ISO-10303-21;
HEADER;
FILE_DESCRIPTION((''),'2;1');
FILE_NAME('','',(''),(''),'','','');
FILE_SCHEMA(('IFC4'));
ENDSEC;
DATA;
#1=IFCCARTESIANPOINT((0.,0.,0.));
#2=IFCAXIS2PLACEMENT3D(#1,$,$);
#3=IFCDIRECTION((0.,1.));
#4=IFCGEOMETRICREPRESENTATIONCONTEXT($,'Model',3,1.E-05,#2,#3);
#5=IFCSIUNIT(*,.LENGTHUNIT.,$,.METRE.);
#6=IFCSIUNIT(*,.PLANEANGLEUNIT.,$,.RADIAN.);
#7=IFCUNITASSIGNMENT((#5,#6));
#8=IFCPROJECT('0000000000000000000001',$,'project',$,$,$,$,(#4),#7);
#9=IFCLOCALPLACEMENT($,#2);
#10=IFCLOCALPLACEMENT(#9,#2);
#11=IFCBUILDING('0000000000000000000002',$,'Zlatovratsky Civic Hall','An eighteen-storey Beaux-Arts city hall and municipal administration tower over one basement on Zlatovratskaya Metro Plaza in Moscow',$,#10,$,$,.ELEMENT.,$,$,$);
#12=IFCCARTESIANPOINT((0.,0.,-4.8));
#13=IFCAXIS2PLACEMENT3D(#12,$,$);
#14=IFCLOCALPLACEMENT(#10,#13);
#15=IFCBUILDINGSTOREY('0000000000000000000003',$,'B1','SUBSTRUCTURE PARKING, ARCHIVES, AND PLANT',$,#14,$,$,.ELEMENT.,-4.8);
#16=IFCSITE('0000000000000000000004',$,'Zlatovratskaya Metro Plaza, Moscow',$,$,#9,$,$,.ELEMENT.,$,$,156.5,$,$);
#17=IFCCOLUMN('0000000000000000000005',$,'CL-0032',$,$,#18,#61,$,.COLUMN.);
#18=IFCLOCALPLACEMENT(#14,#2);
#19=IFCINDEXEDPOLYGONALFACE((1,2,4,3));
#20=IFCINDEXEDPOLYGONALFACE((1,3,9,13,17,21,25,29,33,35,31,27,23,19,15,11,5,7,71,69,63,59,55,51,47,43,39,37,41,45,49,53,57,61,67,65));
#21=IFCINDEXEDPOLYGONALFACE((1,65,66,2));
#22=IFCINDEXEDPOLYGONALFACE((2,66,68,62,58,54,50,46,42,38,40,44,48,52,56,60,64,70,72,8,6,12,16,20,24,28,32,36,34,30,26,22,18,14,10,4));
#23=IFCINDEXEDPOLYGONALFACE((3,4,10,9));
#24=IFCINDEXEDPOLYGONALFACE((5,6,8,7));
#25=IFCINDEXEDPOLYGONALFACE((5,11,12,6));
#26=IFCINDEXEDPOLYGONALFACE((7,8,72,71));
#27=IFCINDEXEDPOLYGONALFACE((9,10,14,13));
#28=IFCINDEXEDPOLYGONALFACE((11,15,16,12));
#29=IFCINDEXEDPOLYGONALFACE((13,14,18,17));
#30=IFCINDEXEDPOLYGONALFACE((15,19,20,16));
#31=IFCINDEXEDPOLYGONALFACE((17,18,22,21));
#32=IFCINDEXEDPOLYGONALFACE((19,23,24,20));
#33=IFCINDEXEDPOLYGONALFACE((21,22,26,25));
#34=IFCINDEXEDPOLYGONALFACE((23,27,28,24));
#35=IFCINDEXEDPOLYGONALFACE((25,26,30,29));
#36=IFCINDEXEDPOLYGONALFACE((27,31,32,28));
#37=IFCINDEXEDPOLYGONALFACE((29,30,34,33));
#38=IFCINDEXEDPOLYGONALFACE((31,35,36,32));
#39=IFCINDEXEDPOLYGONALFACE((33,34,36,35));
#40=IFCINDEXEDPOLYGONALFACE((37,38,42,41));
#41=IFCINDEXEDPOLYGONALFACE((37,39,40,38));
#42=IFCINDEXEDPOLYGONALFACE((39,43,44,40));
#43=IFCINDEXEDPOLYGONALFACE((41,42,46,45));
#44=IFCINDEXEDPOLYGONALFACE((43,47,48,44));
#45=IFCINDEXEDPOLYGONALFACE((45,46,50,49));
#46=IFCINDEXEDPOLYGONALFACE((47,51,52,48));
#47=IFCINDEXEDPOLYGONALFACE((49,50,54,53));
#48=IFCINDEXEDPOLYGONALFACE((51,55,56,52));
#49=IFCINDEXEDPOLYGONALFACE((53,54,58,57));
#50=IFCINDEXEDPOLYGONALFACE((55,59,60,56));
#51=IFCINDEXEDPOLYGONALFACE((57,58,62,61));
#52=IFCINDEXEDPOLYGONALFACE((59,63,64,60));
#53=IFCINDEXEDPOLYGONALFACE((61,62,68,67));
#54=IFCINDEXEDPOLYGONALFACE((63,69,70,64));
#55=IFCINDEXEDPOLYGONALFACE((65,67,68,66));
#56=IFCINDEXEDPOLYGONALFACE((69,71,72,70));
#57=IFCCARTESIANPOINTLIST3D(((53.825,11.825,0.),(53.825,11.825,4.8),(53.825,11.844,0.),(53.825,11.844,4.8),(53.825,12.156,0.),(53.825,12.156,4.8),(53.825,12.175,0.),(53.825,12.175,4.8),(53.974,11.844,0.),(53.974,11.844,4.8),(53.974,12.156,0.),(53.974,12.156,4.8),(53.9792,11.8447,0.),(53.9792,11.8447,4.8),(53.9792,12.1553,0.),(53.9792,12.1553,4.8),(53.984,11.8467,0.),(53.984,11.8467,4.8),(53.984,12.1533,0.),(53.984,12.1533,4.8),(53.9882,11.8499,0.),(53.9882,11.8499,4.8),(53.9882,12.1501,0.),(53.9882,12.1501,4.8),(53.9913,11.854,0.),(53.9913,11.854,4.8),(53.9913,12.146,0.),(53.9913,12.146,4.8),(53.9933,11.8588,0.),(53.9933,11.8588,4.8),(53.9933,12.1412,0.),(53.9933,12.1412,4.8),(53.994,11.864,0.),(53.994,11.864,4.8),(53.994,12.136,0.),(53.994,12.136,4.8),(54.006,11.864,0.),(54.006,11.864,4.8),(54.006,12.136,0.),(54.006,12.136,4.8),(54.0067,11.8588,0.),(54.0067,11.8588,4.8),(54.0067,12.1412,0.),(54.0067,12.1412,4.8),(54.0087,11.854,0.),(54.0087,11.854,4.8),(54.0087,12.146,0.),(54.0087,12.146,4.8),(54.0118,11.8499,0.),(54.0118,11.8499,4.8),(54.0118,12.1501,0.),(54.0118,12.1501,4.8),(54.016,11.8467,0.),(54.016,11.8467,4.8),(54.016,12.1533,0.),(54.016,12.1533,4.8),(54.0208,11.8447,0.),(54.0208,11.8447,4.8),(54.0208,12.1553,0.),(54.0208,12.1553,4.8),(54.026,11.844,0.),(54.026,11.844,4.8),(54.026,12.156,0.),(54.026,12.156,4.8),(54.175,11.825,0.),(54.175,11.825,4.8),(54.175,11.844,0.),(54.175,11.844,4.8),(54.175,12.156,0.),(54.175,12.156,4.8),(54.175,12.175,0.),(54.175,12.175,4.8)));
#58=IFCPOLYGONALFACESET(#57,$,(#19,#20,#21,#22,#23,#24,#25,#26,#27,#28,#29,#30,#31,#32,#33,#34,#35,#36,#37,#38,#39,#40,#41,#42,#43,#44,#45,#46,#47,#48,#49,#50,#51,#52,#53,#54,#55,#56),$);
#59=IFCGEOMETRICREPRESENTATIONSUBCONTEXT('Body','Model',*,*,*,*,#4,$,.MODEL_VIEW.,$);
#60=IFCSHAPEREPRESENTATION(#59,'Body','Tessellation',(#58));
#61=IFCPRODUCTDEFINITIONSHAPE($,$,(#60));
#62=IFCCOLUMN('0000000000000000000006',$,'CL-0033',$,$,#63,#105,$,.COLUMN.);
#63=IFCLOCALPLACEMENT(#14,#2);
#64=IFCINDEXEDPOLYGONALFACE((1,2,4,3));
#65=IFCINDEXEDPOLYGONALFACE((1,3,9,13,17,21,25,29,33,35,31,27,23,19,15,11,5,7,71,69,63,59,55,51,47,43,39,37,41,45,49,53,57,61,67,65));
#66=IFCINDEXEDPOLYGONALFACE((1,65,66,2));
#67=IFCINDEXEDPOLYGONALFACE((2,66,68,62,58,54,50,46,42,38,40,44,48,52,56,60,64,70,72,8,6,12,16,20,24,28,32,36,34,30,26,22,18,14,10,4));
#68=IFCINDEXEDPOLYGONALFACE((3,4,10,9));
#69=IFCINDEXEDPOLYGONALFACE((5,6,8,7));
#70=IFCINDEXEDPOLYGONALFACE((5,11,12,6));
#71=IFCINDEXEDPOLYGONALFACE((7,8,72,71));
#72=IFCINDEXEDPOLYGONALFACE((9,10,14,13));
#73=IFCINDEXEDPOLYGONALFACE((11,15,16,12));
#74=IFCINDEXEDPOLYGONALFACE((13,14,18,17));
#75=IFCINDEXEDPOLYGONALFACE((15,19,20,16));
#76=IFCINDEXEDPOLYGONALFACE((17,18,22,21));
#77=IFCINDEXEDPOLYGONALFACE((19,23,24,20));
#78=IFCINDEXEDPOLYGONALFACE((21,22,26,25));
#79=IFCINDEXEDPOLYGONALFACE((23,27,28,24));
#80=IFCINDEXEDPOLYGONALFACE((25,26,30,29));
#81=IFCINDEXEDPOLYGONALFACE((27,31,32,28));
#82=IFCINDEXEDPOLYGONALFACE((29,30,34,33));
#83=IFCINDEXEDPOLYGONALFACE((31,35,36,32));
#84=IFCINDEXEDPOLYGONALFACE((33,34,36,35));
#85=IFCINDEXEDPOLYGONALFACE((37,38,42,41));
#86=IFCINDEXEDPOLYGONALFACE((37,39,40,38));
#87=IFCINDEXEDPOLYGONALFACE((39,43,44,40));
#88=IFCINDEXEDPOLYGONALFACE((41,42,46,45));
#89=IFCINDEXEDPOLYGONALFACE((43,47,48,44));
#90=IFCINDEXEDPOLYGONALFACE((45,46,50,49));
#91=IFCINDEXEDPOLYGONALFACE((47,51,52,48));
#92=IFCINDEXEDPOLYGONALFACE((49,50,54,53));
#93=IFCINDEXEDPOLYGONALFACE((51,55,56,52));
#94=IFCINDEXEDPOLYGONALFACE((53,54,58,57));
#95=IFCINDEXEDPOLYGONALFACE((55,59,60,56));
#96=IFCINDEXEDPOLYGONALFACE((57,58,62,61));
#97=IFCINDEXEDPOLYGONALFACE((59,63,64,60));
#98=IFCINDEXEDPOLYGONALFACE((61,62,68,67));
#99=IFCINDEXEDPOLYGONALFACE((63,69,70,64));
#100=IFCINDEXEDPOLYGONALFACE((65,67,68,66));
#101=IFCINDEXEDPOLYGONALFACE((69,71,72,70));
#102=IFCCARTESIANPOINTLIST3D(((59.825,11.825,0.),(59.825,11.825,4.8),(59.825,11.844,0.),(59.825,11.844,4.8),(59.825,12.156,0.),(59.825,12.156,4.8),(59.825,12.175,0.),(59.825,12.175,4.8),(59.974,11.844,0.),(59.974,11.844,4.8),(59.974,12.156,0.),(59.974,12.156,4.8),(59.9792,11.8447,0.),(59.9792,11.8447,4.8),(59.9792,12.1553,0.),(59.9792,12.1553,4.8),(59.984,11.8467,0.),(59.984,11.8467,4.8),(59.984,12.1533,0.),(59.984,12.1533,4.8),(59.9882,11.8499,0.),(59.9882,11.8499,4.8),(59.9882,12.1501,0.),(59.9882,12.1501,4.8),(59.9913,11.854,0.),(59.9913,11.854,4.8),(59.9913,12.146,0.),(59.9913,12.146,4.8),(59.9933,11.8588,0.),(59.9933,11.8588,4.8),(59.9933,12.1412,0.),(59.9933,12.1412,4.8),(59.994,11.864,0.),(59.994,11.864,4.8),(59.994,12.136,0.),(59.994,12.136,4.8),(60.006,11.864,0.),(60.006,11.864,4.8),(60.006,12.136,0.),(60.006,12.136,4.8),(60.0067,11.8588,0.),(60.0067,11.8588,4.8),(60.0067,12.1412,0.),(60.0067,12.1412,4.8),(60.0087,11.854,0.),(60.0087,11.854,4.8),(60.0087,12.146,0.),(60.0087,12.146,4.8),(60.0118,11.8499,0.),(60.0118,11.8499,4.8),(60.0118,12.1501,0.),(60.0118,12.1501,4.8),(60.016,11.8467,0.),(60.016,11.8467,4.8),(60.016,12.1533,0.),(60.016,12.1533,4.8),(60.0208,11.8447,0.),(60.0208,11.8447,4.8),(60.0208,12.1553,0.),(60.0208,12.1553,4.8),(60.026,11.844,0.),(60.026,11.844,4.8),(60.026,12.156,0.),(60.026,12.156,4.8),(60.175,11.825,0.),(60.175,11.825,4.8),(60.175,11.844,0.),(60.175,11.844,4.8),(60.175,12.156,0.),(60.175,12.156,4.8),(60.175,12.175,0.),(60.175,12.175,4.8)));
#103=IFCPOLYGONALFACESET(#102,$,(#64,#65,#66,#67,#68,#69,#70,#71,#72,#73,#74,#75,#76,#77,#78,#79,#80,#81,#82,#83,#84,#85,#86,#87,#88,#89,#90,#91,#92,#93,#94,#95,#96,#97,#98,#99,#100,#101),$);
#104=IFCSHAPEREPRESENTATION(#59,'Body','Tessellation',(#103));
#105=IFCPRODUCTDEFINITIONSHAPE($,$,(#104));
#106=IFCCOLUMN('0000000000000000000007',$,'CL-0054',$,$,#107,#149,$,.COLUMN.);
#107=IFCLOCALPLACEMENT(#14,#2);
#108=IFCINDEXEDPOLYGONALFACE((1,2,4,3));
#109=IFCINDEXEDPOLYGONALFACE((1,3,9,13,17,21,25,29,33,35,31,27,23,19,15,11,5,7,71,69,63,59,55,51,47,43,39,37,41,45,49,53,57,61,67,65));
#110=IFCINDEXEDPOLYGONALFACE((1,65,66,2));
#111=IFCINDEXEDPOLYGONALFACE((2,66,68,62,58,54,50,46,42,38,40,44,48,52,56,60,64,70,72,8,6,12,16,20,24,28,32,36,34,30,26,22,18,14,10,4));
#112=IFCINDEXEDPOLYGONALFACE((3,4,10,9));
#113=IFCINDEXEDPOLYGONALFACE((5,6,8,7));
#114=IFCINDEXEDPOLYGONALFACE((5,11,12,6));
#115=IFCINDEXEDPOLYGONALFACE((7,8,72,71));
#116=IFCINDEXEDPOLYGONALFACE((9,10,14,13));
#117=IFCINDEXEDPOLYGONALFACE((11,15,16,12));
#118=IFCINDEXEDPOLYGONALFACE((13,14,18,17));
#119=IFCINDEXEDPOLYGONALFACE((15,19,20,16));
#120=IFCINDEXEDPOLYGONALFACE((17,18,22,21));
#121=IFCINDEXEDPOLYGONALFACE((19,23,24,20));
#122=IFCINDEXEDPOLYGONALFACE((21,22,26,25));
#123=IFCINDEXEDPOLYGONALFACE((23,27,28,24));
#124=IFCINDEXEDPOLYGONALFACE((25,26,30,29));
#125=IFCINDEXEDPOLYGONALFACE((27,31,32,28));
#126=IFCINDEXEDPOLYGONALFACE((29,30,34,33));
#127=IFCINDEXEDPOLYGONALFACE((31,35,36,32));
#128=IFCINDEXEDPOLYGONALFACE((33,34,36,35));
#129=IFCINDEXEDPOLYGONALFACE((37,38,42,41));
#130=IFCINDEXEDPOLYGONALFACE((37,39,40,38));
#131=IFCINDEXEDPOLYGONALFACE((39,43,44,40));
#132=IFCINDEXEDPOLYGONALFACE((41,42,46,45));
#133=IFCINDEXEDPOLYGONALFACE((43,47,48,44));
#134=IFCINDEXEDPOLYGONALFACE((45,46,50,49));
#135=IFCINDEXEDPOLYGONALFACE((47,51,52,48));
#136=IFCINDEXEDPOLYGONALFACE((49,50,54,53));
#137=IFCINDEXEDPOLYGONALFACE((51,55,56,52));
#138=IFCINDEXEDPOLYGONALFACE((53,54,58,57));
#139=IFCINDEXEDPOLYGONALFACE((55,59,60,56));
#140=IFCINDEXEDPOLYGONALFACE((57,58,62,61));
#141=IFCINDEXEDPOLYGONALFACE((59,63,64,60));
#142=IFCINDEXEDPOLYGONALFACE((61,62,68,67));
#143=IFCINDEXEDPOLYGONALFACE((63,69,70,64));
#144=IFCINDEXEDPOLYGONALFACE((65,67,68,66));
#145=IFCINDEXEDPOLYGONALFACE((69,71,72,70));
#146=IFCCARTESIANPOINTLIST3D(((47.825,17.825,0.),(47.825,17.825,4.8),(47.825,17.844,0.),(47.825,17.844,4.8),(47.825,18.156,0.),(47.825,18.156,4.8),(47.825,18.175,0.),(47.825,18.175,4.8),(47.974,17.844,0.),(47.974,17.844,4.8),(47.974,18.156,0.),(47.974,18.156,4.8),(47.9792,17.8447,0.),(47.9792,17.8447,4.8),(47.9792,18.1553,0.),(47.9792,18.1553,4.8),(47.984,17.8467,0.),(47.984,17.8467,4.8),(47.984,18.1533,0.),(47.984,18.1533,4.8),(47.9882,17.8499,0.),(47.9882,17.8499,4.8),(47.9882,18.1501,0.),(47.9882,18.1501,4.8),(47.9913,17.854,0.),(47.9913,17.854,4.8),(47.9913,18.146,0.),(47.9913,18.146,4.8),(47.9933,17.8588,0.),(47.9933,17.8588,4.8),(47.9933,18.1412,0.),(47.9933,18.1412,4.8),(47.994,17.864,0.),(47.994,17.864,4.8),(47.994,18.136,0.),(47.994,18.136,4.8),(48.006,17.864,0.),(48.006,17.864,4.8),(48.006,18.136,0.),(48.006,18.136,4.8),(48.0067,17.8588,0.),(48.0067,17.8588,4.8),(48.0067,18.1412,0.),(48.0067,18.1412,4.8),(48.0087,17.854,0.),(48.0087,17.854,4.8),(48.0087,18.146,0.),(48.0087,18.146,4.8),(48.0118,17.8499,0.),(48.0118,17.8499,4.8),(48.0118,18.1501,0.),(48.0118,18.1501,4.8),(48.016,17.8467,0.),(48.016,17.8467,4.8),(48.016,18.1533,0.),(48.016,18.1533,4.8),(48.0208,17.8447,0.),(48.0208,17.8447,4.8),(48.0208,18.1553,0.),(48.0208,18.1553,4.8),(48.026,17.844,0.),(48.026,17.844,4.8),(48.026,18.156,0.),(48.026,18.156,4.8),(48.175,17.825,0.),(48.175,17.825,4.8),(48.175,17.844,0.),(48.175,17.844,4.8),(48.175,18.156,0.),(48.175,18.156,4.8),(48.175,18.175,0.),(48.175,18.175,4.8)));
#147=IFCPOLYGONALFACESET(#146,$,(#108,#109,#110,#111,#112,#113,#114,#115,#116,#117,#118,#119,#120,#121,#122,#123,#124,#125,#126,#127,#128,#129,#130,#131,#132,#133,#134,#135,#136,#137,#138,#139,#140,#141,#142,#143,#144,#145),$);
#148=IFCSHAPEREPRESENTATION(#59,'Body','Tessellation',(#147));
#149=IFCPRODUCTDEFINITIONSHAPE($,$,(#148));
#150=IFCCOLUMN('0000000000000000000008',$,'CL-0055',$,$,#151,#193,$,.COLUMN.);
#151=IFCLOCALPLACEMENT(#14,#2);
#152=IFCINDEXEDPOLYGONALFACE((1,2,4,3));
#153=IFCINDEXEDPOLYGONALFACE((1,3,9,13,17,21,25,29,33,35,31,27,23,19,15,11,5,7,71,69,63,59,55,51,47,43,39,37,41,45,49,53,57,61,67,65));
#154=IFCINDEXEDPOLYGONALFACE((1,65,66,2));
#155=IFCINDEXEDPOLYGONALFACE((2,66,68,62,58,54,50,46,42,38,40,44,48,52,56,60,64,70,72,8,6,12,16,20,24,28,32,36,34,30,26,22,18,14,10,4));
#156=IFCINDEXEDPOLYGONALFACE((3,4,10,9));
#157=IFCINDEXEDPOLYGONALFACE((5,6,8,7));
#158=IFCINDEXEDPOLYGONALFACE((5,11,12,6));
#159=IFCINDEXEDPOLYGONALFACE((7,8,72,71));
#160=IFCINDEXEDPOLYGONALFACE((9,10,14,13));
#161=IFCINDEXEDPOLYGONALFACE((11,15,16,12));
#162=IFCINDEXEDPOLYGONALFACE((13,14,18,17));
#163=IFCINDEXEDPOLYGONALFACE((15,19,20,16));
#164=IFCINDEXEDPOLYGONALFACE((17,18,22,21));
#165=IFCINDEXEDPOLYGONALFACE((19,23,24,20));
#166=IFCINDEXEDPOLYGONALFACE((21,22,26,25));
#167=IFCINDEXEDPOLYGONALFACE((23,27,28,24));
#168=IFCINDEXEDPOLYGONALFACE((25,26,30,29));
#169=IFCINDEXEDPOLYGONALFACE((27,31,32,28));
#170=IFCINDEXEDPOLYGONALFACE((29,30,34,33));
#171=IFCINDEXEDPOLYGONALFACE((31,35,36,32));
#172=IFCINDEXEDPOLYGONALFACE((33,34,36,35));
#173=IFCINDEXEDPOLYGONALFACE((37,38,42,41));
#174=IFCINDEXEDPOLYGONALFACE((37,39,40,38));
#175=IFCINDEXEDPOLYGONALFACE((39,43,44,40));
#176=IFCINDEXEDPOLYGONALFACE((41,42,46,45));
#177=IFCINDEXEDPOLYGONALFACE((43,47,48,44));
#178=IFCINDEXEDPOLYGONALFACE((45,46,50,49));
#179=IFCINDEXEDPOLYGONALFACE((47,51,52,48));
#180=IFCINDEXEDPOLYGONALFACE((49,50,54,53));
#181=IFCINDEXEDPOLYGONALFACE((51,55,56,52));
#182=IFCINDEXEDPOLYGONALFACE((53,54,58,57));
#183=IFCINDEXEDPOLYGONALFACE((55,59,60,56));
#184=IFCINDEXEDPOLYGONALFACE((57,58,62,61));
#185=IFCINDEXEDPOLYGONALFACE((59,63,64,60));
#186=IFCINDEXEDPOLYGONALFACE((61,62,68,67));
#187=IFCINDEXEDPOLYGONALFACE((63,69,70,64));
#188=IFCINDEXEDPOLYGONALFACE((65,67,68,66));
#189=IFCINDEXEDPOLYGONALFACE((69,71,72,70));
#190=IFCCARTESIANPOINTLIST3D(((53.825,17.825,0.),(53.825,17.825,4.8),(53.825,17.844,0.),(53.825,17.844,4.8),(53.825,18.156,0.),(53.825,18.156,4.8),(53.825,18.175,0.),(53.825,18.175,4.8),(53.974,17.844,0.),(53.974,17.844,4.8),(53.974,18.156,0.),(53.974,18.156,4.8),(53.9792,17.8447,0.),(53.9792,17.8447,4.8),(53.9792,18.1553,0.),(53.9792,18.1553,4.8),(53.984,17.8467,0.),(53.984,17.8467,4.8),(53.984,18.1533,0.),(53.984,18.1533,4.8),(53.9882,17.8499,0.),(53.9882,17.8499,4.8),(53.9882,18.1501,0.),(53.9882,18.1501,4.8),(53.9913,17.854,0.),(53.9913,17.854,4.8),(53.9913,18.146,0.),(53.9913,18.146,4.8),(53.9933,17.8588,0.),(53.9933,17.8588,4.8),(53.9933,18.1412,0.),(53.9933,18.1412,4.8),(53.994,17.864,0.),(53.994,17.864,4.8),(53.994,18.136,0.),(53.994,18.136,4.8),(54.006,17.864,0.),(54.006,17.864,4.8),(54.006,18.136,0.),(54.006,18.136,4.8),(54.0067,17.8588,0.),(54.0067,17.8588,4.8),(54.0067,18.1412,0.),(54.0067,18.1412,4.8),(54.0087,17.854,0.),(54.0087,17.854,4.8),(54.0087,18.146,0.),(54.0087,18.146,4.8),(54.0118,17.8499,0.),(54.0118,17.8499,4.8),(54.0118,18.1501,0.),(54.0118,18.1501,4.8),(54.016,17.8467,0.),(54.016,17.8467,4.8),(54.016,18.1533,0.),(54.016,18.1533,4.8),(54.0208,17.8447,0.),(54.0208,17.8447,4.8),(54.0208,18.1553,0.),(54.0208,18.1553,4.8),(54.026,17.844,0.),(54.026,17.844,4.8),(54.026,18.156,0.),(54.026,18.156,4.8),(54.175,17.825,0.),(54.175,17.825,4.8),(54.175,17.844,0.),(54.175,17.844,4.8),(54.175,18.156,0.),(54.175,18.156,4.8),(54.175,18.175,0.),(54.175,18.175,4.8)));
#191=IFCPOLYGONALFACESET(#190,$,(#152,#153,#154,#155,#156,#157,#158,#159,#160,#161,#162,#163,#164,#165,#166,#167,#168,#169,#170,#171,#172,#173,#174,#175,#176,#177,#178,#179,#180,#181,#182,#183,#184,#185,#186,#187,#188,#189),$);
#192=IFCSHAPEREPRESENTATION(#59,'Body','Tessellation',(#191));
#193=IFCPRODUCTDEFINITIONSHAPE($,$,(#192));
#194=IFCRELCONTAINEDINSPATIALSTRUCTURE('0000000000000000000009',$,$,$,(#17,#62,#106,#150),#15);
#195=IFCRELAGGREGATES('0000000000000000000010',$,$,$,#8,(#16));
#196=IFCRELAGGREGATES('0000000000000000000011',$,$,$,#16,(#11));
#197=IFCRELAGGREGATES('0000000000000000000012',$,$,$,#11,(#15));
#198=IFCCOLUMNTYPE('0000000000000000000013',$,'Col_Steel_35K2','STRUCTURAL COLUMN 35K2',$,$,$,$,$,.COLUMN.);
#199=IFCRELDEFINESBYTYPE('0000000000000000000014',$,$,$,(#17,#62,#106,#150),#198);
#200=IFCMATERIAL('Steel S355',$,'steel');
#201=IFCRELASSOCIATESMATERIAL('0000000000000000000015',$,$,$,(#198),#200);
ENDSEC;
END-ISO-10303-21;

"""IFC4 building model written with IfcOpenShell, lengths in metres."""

from ifc_helpers import new_model, si_unit, direction, frame, origin, origin_2d, place, context, subcontext, project, spatial, i_section, extrude, material, material_profile, profile_set, type_object, element, save


model = new_model("IFC4")

# Units and contexts
model_context = context("Model", 3, precision=1e-05, world=origin(), true_north=direction((0.0, 1.0)))
body_context = subcontext(model_context, "Body", "Model", "MODEL_VIEW")
ifc_project = project(units=[si_unit("LENGTHUNIT", "METRE"), si_unit("PLANEANGLEUNIT", "RADIAN")], contexts=[model_context])

# Site, building, storey
site_placement = place(None, origin())
site = spatial("IfcSite", under=ifc_project, at=site_placement, Name="Zlatovratskaya Metro Plaza, Moscow", CompositionType="ELEMENT", RefElevation=156.5)
building_placement = place(site_placement, origin())
building = spatial("IfcBuilding", under=site, at=building_placement, Name="Zlatovratsky Civic Hall", Description="An eighteen-storey Beaux-Arts city hall and municipal administration tower over one basement on Zlatovratskaya Metro Plaza in Moscow", CompositionType="ELEMENT")
storey_placement = place(building_placement, frame((0.0, 0.0, -4.8)))
storey = spatial("IfcBuildingStorey", under=building, at=storey_placement, Name="B1", Description="SUBSTRUCTURE PARKING, ARCHIVES, AND PLANT", CompositionType="ELEMENT", Elevation=-4.8)

# Columns
ifc_material_1 = material(Name="Steel S355", Category="steel")
ifc_material_profile_1 = material_profile(ifc_material_1, i_section(OverallWidth=0.3501, OverallDepth=0.3501, WebThickness=0.012, FlangeThickness=0.019, FilletRadius=0.02, at=origin_2d()), Name="35K2")
ifc_profile_set_1 = profile_set([ifc_material_profile_1], Name="Steel S355")
column_type = type_object("IfcColumnType", Name="Col_Steel_35K2", Description="STRUCTURAL COLUMN 35K2", PredefinedType="COLUMN", material=ifc_profile_set_1)
for number, where, z_axis, x_axis, name in (
    (1, (54.0, 12.0, 0.0), (0.0, 0.0, 1.0), (1.0, 0.0, 0.0), "CL-0032"),
    (2, (60.0, 12.0, 0.0), (0.0, 0.0, 1.0), (1.0, 0.0, 0.0), "CL-0033"),
    (3, (48.0, 18.0, 0.0), (0.0, 0.0, 1.0), (1.0, 0.0, 0.0), "CL-0054"),
    (4, (54.0, 18.0, 0.0), (0.0, 0.0, 1.0), (1.0, 0.0, 0.0), "CL-0055"),
):
    element("IfcColumn", number, at=place(storey_placement, frame(where, z_axis=z_axis, x_axis=x_axis)), inside=storey, type_object=column_type, Name=name, PredefinedType="COLUMN", context=body_context, shape_type="SweptSolid", body=[
        extrude(i_section(OverallWidth=0.3501, OverallDepth=0.3501, WebThickness=0.012, FlangeThickness=0.019, FilletRadius=0.02, at=origin_2d()), origin(), (0.0, 0.0, 1.0), 4.8),
    ])

save(model, "model.ifc")
